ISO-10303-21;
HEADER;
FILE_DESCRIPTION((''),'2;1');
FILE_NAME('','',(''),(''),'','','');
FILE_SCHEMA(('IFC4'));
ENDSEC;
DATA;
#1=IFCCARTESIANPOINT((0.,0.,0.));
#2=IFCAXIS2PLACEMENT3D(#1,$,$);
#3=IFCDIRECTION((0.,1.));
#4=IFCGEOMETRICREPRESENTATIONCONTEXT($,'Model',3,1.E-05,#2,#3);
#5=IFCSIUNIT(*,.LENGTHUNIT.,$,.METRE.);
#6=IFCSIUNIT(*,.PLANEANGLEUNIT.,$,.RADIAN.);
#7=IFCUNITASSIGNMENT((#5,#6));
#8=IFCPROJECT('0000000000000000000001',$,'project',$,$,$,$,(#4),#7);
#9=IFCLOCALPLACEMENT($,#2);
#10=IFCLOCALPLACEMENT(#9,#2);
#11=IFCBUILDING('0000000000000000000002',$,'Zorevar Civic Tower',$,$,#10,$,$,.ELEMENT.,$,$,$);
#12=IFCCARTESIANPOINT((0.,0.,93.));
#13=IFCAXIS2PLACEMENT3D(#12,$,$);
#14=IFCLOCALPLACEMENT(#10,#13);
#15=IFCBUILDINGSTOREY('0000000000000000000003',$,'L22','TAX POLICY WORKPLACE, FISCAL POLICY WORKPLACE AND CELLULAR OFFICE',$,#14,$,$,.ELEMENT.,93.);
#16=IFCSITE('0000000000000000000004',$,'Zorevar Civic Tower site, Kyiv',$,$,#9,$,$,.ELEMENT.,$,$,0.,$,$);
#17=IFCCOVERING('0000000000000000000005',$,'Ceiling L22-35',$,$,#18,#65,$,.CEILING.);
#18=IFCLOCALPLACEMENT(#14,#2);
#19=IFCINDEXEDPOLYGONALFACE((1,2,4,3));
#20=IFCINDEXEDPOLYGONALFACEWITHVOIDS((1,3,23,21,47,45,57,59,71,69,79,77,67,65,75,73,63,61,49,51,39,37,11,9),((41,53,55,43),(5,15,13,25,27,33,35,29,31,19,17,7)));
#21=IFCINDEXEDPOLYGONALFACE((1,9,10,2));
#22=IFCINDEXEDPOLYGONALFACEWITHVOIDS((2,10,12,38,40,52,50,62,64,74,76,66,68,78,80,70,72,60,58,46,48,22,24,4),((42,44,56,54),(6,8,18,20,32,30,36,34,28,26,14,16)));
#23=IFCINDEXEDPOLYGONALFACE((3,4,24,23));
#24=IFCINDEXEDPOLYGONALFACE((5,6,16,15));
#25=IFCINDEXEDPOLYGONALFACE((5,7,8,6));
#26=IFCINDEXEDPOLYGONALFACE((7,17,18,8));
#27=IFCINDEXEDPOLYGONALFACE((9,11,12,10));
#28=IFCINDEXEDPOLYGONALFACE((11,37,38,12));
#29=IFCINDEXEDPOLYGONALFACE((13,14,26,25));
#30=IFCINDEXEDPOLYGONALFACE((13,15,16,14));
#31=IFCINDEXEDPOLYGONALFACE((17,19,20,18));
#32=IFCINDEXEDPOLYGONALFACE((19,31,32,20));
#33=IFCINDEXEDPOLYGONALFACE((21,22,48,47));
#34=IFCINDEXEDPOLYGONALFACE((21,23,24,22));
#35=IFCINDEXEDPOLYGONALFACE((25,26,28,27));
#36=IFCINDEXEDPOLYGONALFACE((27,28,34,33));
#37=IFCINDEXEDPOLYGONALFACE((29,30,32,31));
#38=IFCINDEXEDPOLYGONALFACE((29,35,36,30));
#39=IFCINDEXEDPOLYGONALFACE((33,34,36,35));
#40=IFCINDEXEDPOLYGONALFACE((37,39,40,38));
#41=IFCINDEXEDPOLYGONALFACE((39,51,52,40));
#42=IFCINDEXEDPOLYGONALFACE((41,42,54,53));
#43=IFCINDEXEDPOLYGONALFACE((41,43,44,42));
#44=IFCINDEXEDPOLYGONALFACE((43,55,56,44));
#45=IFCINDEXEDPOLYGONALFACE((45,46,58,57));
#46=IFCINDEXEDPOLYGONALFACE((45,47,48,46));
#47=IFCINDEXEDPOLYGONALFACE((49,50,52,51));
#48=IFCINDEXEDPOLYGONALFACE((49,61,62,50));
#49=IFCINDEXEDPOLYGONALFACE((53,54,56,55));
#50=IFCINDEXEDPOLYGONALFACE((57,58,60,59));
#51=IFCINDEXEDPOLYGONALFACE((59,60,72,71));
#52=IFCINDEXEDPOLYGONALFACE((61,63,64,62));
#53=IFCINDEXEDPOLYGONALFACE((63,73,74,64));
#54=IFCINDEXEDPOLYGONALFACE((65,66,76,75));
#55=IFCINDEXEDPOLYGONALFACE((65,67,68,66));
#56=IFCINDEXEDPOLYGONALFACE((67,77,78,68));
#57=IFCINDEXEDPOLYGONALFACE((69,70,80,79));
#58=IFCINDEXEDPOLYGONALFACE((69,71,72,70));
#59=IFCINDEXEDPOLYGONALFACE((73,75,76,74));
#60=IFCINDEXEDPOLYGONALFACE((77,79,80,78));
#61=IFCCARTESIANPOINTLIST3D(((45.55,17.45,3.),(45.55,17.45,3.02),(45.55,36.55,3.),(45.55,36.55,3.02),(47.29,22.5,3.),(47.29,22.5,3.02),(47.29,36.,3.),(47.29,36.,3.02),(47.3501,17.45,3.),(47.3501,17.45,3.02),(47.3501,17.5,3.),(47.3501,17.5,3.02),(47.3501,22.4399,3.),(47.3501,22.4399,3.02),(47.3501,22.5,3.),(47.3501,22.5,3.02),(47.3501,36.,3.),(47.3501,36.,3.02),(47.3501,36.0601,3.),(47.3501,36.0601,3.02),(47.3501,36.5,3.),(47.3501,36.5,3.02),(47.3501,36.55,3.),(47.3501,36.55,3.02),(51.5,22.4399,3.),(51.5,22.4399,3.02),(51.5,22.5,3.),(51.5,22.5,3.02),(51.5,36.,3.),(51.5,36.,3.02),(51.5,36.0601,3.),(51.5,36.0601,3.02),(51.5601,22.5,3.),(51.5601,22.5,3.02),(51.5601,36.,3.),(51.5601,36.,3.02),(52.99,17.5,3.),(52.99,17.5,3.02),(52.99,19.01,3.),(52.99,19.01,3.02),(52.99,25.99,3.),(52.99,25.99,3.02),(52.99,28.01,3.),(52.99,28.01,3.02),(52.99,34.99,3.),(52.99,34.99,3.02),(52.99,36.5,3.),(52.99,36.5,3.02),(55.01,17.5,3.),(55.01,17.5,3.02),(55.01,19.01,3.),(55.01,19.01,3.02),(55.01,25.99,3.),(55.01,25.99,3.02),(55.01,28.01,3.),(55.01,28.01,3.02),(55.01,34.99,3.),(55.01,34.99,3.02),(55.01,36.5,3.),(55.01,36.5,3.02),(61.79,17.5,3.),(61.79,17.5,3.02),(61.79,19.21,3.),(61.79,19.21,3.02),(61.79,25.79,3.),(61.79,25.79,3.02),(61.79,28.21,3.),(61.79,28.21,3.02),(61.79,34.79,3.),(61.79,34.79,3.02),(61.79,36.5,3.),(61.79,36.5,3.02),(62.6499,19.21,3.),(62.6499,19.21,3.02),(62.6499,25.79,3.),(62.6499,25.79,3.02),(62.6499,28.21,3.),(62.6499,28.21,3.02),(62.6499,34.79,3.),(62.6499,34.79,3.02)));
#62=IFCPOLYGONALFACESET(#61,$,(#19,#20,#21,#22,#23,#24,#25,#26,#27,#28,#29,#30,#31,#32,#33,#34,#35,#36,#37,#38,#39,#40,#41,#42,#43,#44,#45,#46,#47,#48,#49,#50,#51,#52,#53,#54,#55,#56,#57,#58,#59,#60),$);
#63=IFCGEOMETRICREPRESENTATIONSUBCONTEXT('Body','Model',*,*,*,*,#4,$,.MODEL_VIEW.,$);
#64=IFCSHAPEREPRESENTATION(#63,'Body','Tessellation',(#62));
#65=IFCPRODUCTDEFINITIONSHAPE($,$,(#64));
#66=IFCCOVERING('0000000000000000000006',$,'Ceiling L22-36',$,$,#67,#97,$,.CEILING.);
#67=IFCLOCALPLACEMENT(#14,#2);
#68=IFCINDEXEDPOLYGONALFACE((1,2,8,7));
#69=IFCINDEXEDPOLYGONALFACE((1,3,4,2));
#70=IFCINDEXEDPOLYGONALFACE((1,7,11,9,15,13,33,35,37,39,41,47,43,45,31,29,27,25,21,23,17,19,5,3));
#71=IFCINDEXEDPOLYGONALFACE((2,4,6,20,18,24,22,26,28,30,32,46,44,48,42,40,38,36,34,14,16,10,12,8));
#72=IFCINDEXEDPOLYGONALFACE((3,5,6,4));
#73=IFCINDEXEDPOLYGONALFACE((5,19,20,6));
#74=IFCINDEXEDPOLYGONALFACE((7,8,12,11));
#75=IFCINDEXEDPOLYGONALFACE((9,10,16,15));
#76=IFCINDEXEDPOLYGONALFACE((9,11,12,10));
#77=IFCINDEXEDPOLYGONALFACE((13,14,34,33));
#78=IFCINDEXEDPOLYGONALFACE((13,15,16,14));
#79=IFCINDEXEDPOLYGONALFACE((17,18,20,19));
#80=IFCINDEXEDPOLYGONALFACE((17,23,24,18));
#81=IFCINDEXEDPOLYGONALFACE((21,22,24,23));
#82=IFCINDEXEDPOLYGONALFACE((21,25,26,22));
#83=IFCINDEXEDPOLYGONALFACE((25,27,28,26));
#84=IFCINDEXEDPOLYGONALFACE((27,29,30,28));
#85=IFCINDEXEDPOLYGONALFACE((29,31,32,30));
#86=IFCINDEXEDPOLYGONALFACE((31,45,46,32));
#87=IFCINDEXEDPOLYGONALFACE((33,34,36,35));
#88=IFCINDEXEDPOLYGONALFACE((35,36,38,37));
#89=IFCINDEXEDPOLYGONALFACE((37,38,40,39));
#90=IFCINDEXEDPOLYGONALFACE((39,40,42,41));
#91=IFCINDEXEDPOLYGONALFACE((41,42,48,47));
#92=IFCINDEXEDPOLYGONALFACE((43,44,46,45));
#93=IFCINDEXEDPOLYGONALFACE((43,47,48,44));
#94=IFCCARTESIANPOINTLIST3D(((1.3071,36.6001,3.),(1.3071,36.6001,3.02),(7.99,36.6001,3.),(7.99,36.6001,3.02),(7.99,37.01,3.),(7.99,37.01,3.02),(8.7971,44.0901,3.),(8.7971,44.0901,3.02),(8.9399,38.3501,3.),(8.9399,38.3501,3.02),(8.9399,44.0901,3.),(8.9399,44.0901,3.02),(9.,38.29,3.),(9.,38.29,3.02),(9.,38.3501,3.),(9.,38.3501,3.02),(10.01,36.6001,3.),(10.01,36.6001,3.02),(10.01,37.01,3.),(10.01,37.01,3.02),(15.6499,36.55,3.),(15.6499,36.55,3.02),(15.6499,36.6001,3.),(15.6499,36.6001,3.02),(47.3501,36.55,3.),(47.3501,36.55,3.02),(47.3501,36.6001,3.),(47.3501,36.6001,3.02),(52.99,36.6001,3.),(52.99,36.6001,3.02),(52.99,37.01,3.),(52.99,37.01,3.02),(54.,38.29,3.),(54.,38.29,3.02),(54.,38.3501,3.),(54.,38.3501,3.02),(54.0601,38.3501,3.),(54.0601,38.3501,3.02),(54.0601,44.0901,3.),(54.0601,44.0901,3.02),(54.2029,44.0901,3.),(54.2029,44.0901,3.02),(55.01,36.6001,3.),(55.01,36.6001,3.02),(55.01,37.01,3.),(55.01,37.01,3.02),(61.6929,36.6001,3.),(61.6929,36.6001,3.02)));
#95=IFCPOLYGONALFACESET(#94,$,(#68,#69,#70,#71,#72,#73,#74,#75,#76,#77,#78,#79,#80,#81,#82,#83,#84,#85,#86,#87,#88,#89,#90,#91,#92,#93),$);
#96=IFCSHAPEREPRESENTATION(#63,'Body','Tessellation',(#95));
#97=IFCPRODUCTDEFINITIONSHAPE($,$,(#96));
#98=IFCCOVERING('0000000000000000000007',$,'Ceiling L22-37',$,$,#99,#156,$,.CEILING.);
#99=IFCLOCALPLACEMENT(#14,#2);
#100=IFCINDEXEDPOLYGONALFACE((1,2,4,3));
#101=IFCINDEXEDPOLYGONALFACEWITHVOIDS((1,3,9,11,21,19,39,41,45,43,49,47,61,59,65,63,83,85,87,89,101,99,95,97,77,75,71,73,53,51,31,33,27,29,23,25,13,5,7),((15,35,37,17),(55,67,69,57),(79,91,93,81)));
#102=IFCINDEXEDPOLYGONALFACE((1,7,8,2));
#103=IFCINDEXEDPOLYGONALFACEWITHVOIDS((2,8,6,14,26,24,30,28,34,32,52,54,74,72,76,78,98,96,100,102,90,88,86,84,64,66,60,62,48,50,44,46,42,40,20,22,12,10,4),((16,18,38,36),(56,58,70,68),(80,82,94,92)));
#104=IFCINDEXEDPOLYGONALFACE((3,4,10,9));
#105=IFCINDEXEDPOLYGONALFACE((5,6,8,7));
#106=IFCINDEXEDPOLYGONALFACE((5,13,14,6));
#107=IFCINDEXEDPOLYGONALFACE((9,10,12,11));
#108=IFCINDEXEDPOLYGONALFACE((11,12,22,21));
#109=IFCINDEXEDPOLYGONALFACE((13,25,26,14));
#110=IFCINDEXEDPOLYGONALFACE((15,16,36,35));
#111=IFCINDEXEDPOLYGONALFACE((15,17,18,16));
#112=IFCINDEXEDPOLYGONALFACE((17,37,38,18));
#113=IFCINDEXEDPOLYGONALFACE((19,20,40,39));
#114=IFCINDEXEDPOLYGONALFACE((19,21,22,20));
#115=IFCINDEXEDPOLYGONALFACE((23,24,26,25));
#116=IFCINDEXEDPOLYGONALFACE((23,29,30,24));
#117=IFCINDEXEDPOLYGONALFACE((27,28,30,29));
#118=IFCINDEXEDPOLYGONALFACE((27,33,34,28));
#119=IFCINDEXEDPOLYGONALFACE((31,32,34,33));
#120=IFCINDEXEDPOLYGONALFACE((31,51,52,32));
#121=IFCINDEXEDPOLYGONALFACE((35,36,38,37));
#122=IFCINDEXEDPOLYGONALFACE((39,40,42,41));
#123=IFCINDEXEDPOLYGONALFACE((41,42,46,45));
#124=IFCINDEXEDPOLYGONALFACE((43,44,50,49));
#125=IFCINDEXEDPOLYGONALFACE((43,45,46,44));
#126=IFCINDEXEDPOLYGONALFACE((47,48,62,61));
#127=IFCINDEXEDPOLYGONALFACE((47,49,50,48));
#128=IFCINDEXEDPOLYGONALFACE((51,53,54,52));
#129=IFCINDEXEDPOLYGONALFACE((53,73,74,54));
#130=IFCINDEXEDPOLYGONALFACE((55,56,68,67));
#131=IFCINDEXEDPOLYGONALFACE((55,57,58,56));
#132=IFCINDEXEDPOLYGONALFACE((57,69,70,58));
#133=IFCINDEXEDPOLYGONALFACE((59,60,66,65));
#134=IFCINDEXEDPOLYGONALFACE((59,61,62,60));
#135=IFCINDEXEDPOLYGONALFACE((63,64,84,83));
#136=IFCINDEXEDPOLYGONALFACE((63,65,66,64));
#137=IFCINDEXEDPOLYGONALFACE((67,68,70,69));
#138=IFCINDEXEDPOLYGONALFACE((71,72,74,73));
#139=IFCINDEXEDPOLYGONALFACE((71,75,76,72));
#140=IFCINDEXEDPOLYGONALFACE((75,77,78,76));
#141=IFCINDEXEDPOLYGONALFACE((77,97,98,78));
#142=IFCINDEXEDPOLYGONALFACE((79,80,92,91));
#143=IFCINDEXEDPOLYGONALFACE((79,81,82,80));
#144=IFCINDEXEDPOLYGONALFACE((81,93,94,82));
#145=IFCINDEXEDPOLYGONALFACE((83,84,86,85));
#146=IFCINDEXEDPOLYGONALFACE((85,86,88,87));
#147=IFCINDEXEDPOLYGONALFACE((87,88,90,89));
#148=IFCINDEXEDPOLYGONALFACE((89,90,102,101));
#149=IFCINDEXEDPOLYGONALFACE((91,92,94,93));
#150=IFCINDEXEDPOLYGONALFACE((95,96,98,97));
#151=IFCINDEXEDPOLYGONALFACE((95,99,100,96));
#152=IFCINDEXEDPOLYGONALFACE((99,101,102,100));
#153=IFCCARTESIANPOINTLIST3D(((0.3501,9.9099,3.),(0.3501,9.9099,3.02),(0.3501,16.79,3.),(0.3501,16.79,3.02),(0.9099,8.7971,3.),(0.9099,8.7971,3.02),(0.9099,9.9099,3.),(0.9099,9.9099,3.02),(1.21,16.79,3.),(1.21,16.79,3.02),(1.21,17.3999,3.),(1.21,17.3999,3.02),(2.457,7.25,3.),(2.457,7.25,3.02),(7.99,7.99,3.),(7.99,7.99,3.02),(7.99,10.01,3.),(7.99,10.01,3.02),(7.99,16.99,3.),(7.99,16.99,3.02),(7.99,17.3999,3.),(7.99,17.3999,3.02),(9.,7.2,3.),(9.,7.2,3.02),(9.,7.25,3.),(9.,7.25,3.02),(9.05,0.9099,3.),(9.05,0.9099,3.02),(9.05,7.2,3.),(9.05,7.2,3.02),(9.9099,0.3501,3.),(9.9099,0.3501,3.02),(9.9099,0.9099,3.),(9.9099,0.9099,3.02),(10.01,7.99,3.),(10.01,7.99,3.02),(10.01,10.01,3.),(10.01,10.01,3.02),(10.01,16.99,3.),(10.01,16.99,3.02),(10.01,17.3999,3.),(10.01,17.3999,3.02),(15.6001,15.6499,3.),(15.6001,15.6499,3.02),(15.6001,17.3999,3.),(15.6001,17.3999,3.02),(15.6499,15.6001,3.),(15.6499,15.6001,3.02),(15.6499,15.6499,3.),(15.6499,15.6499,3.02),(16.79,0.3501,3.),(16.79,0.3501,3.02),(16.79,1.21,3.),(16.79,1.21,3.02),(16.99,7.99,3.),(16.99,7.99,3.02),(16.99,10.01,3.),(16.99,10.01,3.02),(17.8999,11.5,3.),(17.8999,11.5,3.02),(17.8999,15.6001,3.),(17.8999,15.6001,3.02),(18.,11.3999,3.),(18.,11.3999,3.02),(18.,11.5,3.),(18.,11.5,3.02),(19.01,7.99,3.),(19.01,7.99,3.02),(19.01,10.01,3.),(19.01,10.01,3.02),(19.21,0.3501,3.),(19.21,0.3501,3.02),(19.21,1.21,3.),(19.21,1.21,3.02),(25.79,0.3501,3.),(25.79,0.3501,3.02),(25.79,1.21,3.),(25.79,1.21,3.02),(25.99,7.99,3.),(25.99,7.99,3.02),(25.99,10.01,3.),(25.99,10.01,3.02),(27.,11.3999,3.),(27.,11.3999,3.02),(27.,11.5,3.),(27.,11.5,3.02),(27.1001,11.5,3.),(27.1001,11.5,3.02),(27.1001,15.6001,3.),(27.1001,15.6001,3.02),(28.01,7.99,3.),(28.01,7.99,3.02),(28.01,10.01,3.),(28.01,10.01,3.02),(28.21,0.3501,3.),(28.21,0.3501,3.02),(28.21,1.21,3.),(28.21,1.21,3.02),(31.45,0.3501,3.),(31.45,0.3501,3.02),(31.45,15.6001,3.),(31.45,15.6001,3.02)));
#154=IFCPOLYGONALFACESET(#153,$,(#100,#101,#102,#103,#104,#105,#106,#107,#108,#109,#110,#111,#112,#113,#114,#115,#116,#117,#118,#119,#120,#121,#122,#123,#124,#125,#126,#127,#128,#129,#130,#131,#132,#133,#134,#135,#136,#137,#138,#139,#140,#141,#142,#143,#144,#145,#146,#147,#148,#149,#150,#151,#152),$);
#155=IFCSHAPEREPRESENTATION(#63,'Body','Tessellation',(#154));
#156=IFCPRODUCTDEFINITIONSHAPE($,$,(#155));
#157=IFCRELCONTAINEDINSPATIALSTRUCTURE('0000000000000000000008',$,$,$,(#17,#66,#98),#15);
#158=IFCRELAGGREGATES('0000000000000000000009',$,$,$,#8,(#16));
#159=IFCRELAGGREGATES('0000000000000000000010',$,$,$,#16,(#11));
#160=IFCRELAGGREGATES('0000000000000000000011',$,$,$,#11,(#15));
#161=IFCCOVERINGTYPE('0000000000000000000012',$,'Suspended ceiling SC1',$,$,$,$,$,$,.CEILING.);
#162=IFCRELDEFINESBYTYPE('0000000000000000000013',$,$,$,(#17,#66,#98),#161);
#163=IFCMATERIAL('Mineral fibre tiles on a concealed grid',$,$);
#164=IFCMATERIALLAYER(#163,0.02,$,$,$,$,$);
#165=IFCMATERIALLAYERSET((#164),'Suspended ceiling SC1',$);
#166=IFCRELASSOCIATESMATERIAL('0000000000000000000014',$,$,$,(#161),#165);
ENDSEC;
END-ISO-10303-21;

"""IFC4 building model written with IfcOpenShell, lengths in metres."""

from ifc_helpers import new_model, si_unit, direction, frame, origin, place, context, subcontext, project, spatial, polyline, outline, extrude, material, layer, layer_set, type_object, element, save


model = new_model("IFC4")

# Units and contexts
model_context = context("Model", 3, precision=1e-05, world=origin(), true_north=direction((0.0, 1.0)))
body_context = subcontext(model_context, "Body", "Model", "MODEL_VIEW")
ifc_project = project(units=[si_unit("LENGTHUNIT", "METRE"), si_unit("PLANEANGLEUNIT", "RADIAN")], contexts=[model_context])

# Site, building, storey
site_placement = place(None, origin())
site = spatial("IfcSite", under=ifc_project, at=site_placement, Name="Zorevar Civic Tower site, Kyiv", CompositionType="ELEMENT", RefElevation=0.0)
building_placement = place(site_placement, origin())
building = spatial("IfcBuilding", under=site, at=building_placement, Name="Zorevar Civic Tower", CompositionType="ELEMENT")
storey_placement = place(building_placement, frame((0.0, 0.0, 93.0)))
storey = spatial("IfcBuildingStorey", under=building, at=storey_placement, Name="L22", Description="TAX POLICY WORKPLACE, FISCAL POLICY WORKPLACE AND CELLULAR OFFICE", CompositionType="ELEMENT", Elevation=93.0)

# Coverings
ifc_material_1 = material(Name="Mineral fibre tiles on a concealed grid")
ifc_layer_1 = layer(ifc_material_1, 0.02)
ifc_layer_set_1 = layer_set([ifc_layer_1], Name="Suspended ceiling SC1")
covering_type_1 = type_object("IfcCoveringType", Name="Suspended ceiling SC1", PredefinedType="CEILING", material=ifc_layer_set_1)
covering_1_placement = place(storey_placement, frame((0.0, 0.0, 3.0)))
element("IfcCovering", 1, at=covering_1_placement, inside=storey, type_object=covering_type_1, Name="Ceiling L22-35", PredefinedType="CEILING", context=body_context, shape_type="SweptSolid", body=[
    extrude(outline(polyline([(47.3501, 36.5), (52.99, 36.5), (52.99, 34.99), (55.01, 34.99), (55.01, 36.5), (61.79, 36.5), (61.79, 34.79), (62.6499, 34.79), (62.6499, 28.21), (61.79, 28.21), (61.79, 25.79), (62.6499, 25.79), (62.6499, 19.21), (61.79, 19.21), (61.79, 17.5), (55.01, 17.5), (55.01, 19.01), (52.99, 19.01), (52.99, 17.5), (47.3501, 17.5), (47.3501, 17.45), (45.55, 17.45), (45.55, 36.55), (47.3501, 36.55), (47.3501, 36.5)]), holes=[polyline([(47.29, 36.0), (47.29, 22.5), (47.3501, 22.5), (47.3501, 22.4399), (51.5, 22.4399), (51.5, 22.5), (51.5601, 22.5), (51.5601, 36.0), (51.5, 36.0), (51.5, 36.0601), (47.3501, 36.0601), (47.3501, 36.0), (47.29, 36.0)]), polyline([(55.01, 28.01), (52.99, 28.01), (52.99, 25.99), (55.01, 25.99), (55.01, 28.01)])]), origin(), (0.0, 0.0, 1.0), 0.02),
])
covering_2_placement = place(storey_placement, frame((0.0, 0.0, 3.0)))
element("IfcCovering", 2, at=covering_2_placement, inside=storey, type_object=covering_type_1, Name="Ceiling L22-36", PredefinedType="CEILING", context=body_context, shape_type="SweptSolid", body=[
    extrude(outline(polyline([(9.0, 38.3501), (9.0, 38.29), (54.0, 38.29), (54.0, 38.3501), (54.0601, 38.3501), (54.0601, 44.0901), (54.2029, 44.0901), (61.6929, 36.6001), (55.01, 36.6001), (55.01, 37.01), (52.99, 37.01), (52.99, 36.6001), (47.3501, 36.6001), (47.3501, 36.55), (15.6499, 36.55), (15.6499, 36.6001), (10.01, 36.6001), (10.01, 37.01), (7.99, 37.01), (7.99, 36.6001), (1.3071, 36.6001), (8.7971, 44.0901), (8.9399, 44.0901), (8.9399, 38.3501), (9.0, 38.3501)])), origin(), (0.0, 0.0, 1.0), 0.02),
])
covering_3_placement = place(storey_placement, frame((0.0, 0.0, 3.0)))
element("IfcCovering", 3, at=covering_3_placement, inside=storey, type_object=covering_type_1, Name="Ceiling L22-37", PredefinedType="CEILING", context=body_context, shape_type="SweptSolid", body=[
    extrude(outline(polyline([(17.8999, 11.5), (18.0, 11.5), (18.0, 11.3999), (27.0, 11.3999), (27.0, 11.5), (27.1001, 11.5), (27.1001, 15.6001), (31.45, 15.6001), (31.45, 0.3501), (28.21, 0.3501), (28.21, 1.21), (25.79, 1.21), (25.79, 0.3501), (19.21, 0.3501), (19.21, 1.21), (16.79, 1.21), (16.79, 0.3501), (9.9099, 0.3501), (9.9099, 0.9099), (9.05, 0.9099), (9.05, 7.2), (9.0, 7.2), (9.0, 7.25), (2.457, 7.25), (0.9099, 8.7971), (0.9099, 9.9099), (0.3501, 9.9099), (0.3501, 16.79), (1.21, 16.79), (1.21, 17.3999), (7.99, 17.3999), (7.99, 16.99), (10.01, 16.99), (10.01, 17.3999), (15.6001, 17.3999), (15.6001, 15.6499), (15.6499, 15.6499), (15.6499, 15.6001), (17.8999, 15.6001), (17.8999, 11.5)]), holes=[polyline([(7.99, 7.99), (10.01, 7.99), (10.01, 10.01), (7.99, 10.01), (7.99, 7.99)]), polyline([(19.01, 7.99), (19.01, 10.01), (16.99, 10.01), (16.99, 7.99), (19.01, 7.99)]), polyline([(25.99, 10.01), (25.99, 7.99), (28.01, 7.99), (28.01, 10.01), (25.99, 10.01)])]), origin(), (0.0, 0.0, 1.0), 0.02),
])

save(model, "model.ifc")
